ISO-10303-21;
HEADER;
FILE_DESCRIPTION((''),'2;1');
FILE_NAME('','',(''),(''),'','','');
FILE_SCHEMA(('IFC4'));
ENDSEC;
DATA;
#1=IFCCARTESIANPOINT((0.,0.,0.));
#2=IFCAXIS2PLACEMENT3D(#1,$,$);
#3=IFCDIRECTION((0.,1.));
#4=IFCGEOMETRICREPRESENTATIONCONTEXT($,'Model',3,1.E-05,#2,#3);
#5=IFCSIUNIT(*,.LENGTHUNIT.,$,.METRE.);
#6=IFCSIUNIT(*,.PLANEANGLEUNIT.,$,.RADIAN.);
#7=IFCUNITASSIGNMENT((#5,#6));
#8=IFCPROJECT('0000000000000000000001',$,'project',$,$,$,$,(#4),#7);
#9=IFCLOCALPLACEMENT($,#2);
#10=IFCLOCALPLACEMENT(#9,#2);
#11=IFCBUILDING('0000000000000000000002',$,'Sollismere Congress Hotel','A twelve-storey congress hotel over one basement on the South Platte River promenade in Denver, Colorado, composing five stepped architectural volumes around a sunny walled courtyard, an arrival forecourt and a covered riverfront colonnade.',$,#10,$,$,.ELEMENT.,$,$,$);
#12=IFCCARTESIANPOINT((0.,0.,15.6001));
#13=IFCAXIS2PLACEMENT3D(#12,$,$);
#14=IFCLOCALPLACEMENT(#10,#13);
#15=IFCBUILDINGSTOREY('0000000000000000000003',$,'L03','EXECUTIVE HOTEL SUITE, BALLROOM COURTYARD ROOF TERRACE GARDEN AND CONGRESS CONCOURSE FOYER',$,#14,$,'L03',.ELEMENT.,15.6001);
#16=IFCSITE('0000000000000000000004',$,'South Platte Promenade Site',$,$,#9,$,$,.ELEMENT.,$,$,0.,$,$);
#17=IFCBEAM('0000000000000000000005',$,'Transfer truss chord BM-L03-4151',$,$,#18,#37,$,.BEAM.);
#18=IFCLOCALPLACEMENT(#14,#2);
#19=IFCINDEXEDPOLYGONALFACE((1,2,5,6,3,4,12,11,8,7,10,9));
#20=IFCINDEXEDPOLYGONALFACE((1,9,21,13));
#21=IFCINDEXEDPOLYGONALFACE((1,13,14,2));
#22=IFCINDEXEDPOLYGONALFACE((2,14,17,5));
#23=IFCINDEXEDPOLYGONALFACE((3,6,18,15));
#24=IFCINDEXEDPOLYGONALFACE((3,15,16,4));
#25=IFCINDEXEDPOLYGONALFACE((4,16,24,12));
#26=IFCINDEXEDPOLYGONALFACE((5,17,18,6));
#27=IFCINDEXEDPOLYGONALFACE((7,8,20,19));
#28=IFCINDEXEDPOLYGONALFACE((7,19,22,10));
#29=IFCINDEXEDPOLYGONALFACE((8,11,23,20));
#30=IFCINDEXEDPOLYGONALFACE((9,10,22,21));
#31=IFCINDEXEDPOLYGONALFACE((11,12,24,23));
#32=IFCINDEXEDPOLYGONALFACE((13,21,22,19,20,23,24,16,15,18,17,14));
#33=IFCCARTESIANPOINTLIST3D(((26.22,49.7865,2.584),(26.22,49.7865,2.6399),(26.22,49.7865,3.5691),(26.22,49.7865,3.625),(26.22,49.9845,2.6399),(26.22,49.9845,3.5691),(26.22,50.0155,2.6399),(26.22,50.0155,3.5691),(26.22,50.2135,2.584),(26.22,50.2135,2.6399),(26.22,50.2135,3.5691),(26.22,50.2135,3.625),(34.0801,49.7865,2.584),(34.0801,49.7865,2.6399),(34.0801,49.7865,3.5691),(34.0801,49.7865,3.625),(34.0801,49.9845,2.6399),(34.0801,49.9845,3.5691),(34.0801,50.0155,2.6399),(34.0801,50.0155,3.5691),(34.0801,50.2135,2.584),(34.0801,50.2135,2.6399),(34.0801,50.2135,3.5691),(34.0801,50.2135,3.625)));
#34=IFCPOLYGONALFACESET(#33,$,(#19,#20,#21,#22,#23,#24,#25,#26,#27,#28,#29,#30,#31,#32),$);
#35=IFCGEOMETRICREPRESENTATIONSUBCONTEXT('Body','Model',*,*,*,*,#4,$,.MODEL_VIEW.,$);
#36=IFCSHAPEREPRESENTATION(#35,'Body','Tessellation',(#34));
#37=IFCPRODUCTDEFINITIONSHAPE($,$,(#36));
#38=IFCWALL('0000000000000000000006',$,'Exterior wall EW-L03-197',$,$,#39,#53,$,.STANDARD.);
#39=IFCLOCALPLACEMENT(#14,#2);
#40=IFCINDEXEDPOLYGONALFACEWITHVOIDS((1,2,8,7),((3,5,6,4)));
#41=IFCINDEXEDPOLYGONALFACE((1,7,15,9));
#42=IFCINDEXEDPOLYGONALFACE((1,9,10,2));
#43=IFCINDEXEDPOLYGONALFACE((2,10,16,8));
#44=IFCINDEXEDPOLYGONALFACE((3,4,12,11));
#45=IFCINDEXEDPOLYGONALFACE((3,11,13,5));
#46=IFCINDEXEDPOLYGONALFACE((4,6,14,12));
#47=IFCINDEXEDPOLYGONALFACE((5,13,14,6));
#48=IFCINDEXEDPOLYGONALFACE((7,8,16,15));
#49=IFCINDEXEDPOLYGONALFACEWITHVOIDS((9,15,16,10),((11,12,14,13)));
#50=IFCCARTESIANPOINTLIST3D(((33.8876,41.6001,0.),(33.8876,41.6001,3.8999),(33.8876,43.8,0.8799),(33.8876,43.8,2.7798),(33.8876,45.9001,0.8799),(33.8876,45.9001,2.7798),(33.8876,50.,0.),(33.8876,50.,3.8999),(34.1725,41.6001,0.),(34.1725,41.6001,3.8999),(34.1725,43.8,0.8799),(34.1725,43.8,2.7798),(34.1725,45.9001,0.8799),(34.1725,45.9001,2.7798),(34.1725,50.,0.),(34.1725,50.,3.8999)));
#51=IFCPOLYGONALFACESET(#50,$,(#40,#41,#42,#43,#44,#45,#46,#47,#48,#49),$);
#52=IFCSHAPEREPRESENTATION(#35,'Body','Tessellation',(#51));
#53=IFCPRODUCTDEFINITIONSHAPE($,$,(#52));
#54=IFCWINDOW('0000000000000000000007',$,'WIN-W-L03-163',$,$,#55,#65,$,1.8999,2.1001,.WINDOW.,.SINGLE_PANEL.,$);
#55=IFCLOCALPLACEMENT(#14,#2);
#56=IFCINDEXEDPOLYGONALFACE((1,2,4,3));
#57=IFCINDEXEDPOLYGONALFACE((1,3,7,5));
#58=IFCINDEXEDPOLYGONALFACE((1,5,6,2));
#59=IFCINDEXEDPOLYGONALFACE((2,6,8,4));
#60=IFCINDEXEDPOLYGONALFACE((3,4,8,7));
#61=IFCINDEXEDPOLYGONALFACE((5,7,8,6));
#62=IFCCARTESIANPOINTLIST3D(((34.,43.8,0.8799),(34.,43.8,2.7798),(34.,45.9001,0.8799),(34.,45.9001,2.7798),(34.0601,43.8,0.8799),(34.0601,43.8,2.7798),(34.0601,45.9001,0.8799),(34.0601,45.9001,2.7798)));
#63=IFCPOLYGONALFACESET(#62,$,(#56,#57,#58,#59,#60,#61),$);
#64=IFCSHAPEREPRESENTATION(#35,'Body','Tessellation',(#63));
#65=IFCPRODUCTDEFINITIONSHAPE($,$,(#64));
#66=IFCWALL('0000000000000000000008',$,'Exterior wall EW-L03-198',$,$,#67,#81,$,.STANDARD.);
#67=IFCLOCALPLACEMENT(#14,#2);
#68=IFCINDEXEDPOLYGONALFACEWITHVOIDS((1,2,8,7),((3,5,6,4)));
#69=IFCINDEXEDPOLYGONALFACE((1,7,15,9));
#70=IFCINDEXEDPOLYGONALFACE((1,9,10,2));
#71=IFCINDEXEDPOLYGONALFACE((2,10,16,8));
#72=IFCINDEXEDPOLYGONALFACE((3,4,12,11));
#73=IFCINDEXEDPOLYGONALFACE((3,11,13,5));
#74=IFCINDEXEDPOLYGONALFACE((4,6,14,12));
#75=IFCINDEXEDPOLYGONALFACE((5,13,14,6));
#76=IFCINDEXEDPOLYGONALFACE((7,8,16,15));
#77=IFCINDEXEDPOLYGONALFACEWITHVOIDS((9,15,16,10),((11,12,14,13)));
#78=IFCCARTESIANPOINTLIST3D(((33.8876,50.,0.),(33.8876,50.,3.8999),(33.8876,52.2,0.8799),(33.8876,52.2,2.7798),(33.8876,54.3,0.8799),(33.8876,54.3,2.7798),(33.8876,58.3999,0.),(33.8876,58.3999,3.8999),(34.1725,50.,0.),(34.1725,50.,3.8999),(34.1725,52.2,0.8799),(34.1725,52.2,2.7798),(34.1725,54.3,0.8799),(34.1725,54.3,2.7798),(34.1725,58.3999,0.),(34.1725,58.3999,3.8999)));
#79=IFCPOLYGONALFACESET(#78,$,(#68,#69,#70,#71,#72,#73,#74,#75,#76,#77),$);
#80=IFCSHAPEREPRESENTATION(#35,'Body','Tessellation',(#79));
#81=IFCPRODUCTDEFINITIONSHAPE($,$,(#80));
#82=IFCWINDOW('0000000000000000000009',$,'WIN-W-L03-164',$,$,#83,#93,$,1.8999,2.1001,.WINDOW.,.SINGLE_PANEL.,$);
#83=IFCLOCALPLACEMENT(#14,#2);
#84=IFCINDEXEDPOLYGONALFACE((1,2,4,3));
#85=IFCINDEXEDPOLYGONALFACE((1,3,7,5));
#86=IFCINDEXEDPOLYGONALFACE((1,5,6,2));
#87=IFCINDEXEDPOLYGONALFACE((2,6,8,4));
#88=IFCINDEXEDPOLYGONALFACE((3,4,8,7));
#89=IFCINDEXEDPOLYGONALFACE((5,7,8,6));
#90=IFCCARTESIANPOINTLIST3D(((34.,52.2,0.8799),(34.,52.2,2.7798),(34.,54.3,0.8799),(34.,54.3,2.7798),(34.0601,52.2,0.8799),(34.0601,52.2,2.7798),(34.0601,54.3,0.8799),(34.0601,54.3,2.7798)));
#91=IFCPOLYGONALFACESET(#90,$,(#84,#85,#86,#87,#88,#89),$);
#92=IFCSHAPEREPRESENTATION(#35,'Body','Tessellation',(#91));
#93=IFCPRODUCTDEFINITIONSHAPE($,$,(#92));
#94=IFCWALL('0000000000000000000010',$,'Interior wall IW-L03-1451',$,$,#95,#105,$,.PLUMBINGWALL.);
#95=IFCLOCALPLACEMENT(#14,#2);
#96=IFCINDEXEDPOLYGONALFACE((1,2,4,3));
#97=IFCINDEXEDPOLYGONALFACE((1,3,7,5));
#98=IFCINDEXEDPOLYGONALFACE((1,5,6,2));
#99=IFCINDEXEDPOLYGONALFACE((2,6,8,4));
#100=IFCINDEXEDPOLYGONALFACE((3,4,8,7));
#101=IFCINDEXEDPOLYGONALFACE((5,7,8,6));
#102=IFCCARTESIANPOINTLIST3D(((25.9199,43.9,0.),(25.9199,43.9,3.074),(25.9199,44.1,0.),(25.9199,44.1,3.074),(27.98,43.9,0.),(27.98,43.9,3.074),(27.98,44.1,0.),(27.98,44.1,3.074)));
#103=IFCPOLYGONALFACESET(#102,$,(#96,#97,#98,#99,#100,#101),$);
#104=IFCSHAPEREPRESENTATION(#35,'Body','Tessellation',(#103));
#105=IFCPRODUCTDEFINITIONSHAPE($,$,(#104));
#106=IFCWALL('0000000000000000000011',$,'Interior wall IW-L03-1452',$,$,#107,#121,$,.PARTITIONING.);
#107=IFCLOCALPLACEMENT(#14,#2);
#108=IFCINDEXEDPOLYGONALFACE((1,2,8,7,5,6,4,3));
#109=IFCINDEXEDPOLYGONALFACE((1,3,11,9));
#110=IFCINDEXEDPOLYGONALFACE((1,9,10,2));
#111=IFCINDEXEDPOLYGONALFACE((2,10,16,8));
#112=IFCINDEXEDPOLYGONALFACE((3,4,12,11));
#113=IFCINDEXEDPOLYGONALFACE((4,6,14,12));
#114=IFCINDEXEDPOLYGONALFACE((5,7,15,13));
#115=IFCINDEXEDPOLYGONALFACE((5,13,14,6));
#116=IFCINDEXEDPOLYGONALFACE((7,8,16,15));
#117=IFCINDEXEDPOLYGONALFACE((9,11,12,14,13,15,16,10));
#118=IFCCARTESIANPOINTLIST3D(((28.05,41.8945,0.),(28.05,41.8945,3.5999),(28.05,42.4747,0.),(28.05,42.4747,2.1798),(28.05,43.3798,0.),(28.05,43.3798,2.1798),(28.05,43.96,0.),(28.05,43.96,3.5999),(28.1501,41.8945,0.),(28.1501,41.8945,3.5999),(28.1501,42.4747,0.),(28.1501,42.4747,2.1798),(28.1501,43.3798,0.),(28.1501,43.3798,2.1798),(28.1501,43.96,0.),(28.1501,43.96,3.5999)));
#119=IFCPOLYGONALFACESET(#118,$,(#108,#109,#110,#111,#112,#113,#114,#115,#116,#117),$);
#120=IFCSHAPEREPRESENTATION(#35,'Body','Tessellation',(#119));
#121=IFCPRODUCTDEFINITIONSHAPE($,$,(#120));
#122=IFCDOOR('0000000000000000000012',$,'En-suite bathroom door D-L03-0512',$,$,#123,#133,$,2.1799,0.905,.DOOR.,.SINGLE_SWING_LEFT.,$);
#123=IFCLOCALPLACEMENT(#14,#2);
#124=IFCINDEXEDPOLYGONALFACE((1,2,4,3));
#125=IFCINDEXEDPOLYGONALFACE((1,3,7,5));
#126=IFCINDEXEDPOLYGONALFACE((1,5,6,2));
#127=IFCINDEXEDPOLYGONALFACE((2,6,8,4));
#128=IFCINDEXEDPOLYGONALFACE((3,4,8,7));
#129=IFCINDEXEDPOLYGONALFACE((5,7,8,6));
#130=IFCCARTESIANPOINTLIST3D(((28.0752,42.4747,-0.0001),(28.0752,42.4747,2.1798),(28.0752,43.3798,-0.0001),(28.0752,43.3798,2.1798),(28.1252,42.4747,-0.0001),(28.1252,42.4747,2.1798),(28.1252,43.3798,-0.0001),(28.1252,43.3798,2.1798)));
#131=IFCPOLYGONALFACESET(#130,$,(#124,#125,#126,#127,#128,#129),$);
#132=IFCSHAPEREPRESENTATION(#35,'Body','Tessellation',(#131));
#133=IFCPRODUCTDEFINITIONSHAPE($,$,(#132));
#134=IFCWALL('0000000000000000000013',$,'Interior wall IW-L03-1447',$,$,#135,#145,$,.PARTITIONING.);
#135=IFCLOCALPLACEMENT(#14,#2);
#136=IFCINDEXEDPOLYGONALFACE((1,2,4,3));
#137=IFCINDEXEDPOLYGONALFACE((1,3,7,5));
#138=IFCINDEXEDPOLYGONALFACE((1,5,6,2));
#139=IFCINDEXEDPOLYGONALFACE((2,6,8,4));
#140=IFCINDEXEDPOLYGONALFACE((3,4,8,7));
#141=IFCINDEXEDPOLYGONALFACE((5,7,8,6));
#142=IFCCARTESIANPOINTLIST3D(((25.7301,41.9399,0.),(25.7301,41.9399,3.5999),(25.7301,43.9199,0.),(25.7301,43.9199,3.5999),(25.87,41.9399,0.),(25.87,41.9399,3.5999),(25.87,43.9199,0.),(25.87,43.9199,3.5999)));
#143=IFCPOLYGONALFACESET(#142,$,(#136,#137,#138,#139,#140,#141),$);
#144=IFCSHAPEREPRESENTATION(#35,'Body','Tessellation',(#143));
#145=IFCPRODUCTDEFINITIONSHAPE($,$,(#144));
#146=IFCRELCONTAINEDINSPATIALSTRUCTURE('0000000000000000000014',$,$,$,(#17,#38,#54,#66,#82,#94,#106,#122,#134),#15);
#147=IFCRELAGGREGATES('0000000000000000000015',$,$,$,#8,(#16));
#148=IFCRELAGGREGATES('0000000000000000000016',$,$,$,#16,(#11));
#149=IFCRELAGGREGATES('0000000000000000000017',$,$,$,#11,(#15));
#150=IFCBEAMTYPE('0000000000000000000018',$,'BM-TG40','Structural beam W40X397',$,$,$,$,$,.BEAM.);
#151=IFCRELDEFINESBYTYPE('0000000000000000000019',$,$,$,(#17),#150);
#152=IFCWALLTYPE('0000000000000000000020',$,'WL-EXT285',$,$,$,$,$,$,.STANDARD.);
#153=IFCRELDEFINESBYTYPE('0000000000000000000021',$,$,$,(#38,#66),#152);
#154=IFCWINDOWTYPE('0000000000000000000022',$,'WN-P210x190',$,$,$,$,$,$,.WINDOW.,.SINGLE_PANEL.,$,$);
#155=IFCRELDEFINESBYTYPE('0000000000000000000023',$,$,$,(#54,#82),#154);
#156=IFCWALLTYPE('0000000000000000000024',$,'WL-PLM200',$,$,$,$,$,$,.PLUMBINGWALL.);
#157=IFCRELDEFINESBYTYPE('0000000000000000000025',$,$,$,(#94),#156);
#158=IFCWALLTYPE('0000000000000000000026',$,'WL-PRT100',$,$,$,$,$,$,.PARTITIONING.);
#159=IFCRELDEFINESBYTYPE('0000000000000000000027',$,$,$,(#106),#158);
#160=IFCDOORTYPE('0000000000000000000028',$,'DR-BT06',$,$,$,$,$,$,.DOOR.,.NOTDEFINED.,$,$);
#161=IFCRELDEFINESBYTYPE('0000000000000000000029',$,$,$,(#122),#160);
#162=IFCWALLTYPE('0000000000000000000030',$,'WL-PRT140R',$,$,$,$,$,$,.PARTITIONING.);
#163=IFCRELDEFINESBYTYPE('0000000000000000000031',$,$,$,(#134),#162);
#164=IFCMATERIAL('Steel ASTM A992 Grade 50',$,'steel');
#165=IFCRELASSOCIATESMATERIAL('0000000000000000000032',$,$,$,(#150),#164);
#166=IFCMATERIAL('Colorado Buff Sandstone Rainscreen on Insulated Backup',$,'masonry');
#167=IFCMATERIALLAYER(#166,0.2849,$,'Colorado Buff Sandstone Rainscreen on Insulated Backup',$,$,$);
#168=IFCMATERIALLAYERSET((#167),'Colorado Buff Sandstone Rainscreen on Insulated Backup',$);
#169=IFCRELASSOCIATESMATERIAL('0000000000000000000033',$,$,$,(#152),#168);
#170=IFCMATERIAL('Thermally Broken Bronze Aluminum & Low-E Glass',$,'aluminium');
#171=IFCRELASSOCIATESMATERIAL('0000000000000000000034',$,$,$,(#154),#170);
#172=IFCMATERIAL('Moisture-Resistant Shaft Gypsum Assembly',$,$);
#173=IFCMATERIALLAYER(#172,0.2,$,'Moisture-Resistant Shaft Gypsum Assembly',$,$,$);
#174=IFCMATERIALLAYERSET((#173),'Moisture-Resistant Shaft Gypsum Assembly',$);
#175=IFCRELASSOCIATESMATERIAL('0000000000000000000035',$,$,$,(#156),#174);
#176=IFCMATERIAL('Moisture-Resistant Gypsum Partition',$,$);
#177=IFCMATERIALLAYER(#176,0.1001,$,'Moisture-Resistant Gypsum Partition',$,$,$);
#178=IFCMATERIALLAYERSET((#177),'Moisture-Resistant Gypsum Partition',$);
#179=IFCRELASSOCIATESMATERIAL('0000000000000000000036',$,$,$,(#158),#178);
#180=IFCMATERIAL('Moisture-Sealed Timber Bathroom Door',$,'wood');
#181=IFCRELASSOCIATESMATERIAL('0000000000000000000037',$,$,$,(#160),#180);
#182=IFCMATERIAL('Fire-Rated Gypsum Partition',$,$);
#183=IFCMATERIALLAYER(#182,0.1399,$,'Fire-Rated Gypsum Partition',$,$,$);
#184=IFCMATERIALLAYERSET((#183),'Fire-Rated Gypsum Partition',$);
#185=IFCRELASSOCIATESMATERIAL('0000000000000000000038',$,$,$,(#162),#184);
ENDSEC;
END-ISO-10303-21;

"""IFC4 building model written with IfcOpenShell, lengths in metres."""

from ifc_helpers import new_model, si_unit, direction, frame, frame_2d, origin, origin_2d, place, context, subcontext, project, spatial, rectangle, i_section, extrude, material, layer, layer_set, material_profile, profile_set, type_object, element, fill, save


model = new_model("IFC4")

# Units and contexts
model_context = context("Model", 3, precision=1e-05, world=origin(), true_north=direction((0.0, 1.0)))
body_context = subcontext(model_context, "Body", "Model", "MODEL_VIEW")
ifc_project = project(units=[si_unit("LENGTHUNIT", "METRE"), si_unit("PLANEANGLEUNIT", "RADIAN")], contexts=[model_context])

# Site, building, storey
site_placement = place(None, origin())
site = spatial("IfcSite", under=ifc_project, at=site_placement, Name="South Platte Promenade Site", CompositionType="ELEMENT", RefElevation=0.0)
building_placement = place(site_placement, origin())
building = spatial("IfcBuilding", under=site, at=building_placement, Name="Sollismere Congress Hotel", Description="A twelve-storey congress hotel over one basement on the South Platte River promenade in Denver, Colorado, composing five stepped architectural volumes around a sunny walled courtyard, an arrival forecourt and a covered riverfront colonnade.", CompositionType="ELEMENT")
storey_placement = place(building_placement, frame((0.0, 0.0, 15.6001)))
storey = spatial("IfcBuildingStorey", under=building, at=storey_placement, Name="L03", Description="EXECUTIVE HOTEL SUITE, BALLROOM COURTYARD ROOF TERRACE GARDEN AND CONGRESS CONCOURSE FOYER", LongName="L03", CompositionType="ELEMENT", Elevation=15.6001)

# Shared definitions
ifc_material_1 = material(Name="Steel ASTM A992 Grade 50", Category="steel")

# Beam
ifc_material_profile_1 = material_profile(ifc_material_1, i_section(OverallWidth=0.427, OverallDepth=1.041, WebThickness=0.031, FlangeThickness=0.0559, at=origin_2d()), Name="W40X397")
ifc_profile_set_1 = profile_set([ifc_material_profile_1], Name="Steel ASTM A992 Grade 50")
beam_type_1 = type_object("IfcBeamType", Name="BM-TG40", Description="Structural beam W40X397", PredefinedType="BEAM", material=ifc_profile_set_1)
beam_1_placement = place(storey_placement, frame((26.22, 50.0, 3.1045), z_axis=(1.0, 0.0, 0.0), x_axis=(0.0, 1.0, 0.0)))
element("IfcBeam", 1, at=beam_1_placement, inside=storey, type_object=beam_type_1, Name="Transfer truss chord BM-L03-4151", PredefinedType="BEAM", context=body_context, shape_type="SweptSolid", body=[
    extrude(i_section(OverallWidth=0.427, OverallDepth=1.041, WebThickness=0.031, FlangeThickness=0.0559, at=origin_2d()), origin(), (0.0, 0.0, 1.0), 7.8601),
])

# Walls, openings, windows
ifc_material_2 = material(Name="Colorado Buff Sandstone Rainscreen on Insulated Backup", Category="masonry")
ifc_layer_1 = layer(ifc_material_2, 0.2849, Name="Colorado Buff Sandstone Rainscreen on Insulated Backup")
ifc_layer_set_1 = layer_set([ifc_layer_1], Name="Colorado Buff Sandstone Rainscreen on Insulated Backup")
wall_type_1 = type_object("IfcWallType", Name="WL-EXT285", PredefinedType="STANDARD", material=ifc_layer_set_1)
wall_1_placement = place(storey_placement, frame((34.03, 41.6001, 0.0), z_axis=(0.0, 0.0, 1.0), x_axis=(0.0, 1.0, 0.0)))
wall_1 = element("IfcWall", 2, at=wall_1_placement, inside=storey, type_object=wall_type_1, Name="Exterior wall EW-L03-197", PredefinedType="STANDARD", context=body_context, shape_type="SweptSolid", body=[
    extrude(rectangle(XDim=8.3999, YDim=0.2849, at=frame_2d((4.2, 0.0))), origin(), (0.0, 0.0, 1.0), 3.8999),
])
opening_1_placement = place(wall_1_placement, frame((2.2, 0.0, 0.8799)))
opening_1 = element("IfcOpeningElement", 3, at=opening_1_placement, cuts=wall_1, PredefinedType="OPENING", context=body_context, shape_type="SweptSolid", body=[
    extrude(rectangle(XDim=2.1001, YDim=1.8999, at=frame_2d((1.05, 0.95))), frame((0.0, 0.1523, 0.0), z_axis=(0.0, -1.0, 0.0), x_axis=(1.0, 0.0, 0.0)), (0.0, 0.0, 1.0), 0.3049),
])
ifc_material_3 = material(Name="Thermally Broken Bronze Aluminum & Low-E Glass", Category="aluminium")
window_type = type_object("IfcWindowType", Name="WN-P210x190", PartitioningType="SINGLE_PANEL", PredefinedType="WINDOW", material=ifc_material_3)
window_1_placement = place(opening_1_placement, origin())
window_1 = element("IfcWindow", 4, at=window_1_placement, inside=storey, type_object=window_type, Name="WIN-W-L03-163", OverallHeight=1.8999, OverallWidth=2.1001, PartitioningType="SINGLE_PANEL", PredefinedType="WINDOW", context=body_context, shape_type="SweptSolid", body=[
    extrude(rectangle(XDim=2.1001, YDim=1.8999, at=frame_2d((1.05, 0.95))), frame((0.0, 0.03, 0.0), z_axis=(0.0, -1.0, 0.0), x_axis=(1.0, 0.0, 0.0)), (0.0, 0.0, 1.0), 0.0601),
])
fill(opening_1, window_1)
wall_2_placement = place(storey_placement, frame((34.03, 50.0, 0.0), z_axis=(0.0, 0.0, 1.0), x_axis=(0.0, 1.0, 0.0)))
wall_2 = element("IfcWall", 5, at=wall_2_placement, inside=storey, type_object=wall_type_1, Name="Exterior wall EW-L03-198", PredefinedType="STANDARD", context=body_context, shape_type="SweptSolid", body=[
    extrude(rectangle(XDim=8.3999, YDim=0.2849, at=frame_2d((4.2, 0.0))), origin(), (0.0, 0.0, 1.0), 3.8999),
])
opening_2_placement = place(wall_2_placement, frame((2.2, 0.0, 0.8799)))
opening_2 = element("IfcOpeningElement", 6, at=opening_2_placement, cuts=wall_2, PredefinedType="OPENING", context=body_context, shape_type="SweptSolid", body=[
    extrude(rectangle(XDim=2.1001, YDim=1.8999, at=frame_2d((1.05, 0.95))), frame((0.0, 0.1523, 0.0), z_axis=(0.0, -1.0, 0.0), x_axis=(1.0, 0.0, 0.0)), (0.0, 0.0, 1.0), 0.3049),
])
window_2_placement = place(opening_2_placement, origin())
window_2 = element("IfcWindow", 7, at=window_2_placement, inside=storey, type_object=window_type, Name="WIN-W-L03-164", OverallHeight=1.8999, OverallWidth=2.1001, PartitioningType="SINGLE_PANEL", PredefinedType="WINDOW", context=body_context, shape_type="SweptSolid", body=[
    extrude(rectangle(XDim=2.1001, YDim=1.8999, at=frame_2d((1.05, 0.95))), frame((0.0, 0.03, 0.0), z_axis=(0.0, -1.0, 0.0), x_axis=(1.0, 0.0, 0.0)), (0.0, 0.0, 1.0), 0.0601),
])
fill(opening_2, window_2)

# Wall
ifc_material_4 = material(Name="Moisture-Resistant Shaft Gypsum Assembly")
ifc_layer_2 = layer(ifc_material_4, 0.2, Name="Moisture-Resistant Shaft Gypsum Assembly")
ifc_layer_set_2 = layer_set([ifc_layer_2], Name="Moisture-Resistant Shaft Gypsum Assembly")
wall_type_2 = type_object("IfcWallType", Name="WL-PLM200", PredefinedType="PLUMBINGWALL", material=ifc_layer_set_2)
wall_3_placement = place(storey_placement, frame((25.9199, 44.0, 0.0), z_axis=(0.0, 0.0, 1.0), x_axis=(1.0, 0.0, 0.0)))
element("IfcWall", 8, at=wall_3_placement, inside=storey, type_object=wall_type_2, Name="Interior wall IW-L03-1451", PredefinedType="PLUMBINGWALL", context=body_context, shape_type="SweptSolid", body=[
    extrude(rectangle(XDim=2.0601, YDim=0.2, at=frame_2d((1.03, 0.0))), origin(), (0.0, 0.0, 1.0), 3.074),
])

# Wall, opening, door
ifc_material_5 = material(Name="Moisture-Resistant Gypsum Partition")
ifc_layer_3 = layer(ifc_material_5, 0.1001, Name="Moisture-Resistant Gypsum Partition")
ifc_layer_set_3 = layer_set([ifc_layer_3], Name="Moisture-Resistant Gypsum Partition")
wall_type_3 = type_object("IfcWallType", Name="WL-PRT100", PredefinedType="PARTITIONING", material=ifc_layer_set_3)
wall_4_placement = place(storey_placement, frame((28.1001, 41.8945, 0.0), z_axis=(0.0, 0.0, 1.0), x_axis=(0.0, 1.0, 0.0)))
wall_4 = element("IfcWall", 9, at=wall_4_placement, inside=storey, type_object=wall_type_3, Name="Interior wall IW-L03-1452", PredefinedType="PARTITIONING", context=body_context, shape_type="SweptSolid", body=[
    extrude(rectangle(XDim=2.0654, YDim=0.1001, at=frame_2d((1.0327, 0.0))), origin(), (0.0, 0.0, 1.0), 3.5999),
])
opening_3_placement = place(wall_4_placement, frame((0.5801, 0.0, 0.0)))
opening_3 = element("IfcOpeningElement", 10, at=opening_3_placement, cuts=wall_4, PredefinedType="OPENING", context=body_context, shape_type="SweptSolid", body=[
    extrude(rectangle(XDim=0.905, YDim=2.1799, at=frame_2d((0.4526, 1.0898))), frame((0.0, 0.0601, 0.0), z_axis=(0.0, -1.0, 0.0), x_axis=(1.0, 0.0, 0.0)), (0.0, 0.0, 1.0), 0.1201),
])
ifc_material_6 = material(Name="Moisture-Sealed Timber Bathroom Door", Category="wood")
door_type_1 = type_object("IfcDoorType", Name="DR-BT06", OperationType="NOTDEFINED", PredefinedType="DOOR", material=ifc_material_6)
door_1_placement = place(opening_3_placement, origin())
door_1 = element("IfcDoor", 11, at=door_1_placement, inside=storey, type_object=door_type_1, Name="En-suite bathroom door D-L03-0512", OperationType="SINGLE_SWING_LEFT", OverallHeight=2.1799, OverallWidth=0.905, PredefinedType="DOOR", context=body_context, shape_type="SweptSolid", body=[
    extrude(rectangle(XDim=0.905, YDim=2.1799, at=frame_2d((0.4526, 1.0898))), frame((0.0, 0.0249, 0.0), z_axis=(0.0, -1.0, 0.0), x_axis=(1.0, 0.0, 0.0)), (0.0, 0.0, 1.0), 0.05),
])
fill(opening_3, door_1)

# Wall
ifc_material_7 = material(Name="Fire-Rated Gypsum Partition")
ifc_layer_4 = layer(ifc_material_7, 0.1399, Name="Fire-Rated Gypsum Partition")
ifc_layer_set_4 = layer_set([ifc_layer_4], Name="Fire-Rated Gypsum Partition")
wall_type_4 = type_object("IfcWallType", Name="WL-PRT140R", PredefinedType="PARTITIONING", material=ifc_layer_set_4)
wall_5_placement = place(storey_placement, frame((25.8, 41.9399, 0.0), z_axis=(0.0, 0.0, 1.0), x_axis=(0.0, 1.0, 0.0)))
element("IfcWall", 12, at=wall_5_placement, inside=storey, type_object=wall_type_4, Name="Interior wall IW-L03-1447", PredefinedType="PARTITIONING", context=body_context, shape_type="SweptSolid", body=[
    extrude(rectangle(XDim=1.98, YDim=0.1399, at=frame_2d((0.99, 0.0))), origin(), (0.0, 0.0, 1.0), 3.5999),
])

save(model, "model.ifc")
